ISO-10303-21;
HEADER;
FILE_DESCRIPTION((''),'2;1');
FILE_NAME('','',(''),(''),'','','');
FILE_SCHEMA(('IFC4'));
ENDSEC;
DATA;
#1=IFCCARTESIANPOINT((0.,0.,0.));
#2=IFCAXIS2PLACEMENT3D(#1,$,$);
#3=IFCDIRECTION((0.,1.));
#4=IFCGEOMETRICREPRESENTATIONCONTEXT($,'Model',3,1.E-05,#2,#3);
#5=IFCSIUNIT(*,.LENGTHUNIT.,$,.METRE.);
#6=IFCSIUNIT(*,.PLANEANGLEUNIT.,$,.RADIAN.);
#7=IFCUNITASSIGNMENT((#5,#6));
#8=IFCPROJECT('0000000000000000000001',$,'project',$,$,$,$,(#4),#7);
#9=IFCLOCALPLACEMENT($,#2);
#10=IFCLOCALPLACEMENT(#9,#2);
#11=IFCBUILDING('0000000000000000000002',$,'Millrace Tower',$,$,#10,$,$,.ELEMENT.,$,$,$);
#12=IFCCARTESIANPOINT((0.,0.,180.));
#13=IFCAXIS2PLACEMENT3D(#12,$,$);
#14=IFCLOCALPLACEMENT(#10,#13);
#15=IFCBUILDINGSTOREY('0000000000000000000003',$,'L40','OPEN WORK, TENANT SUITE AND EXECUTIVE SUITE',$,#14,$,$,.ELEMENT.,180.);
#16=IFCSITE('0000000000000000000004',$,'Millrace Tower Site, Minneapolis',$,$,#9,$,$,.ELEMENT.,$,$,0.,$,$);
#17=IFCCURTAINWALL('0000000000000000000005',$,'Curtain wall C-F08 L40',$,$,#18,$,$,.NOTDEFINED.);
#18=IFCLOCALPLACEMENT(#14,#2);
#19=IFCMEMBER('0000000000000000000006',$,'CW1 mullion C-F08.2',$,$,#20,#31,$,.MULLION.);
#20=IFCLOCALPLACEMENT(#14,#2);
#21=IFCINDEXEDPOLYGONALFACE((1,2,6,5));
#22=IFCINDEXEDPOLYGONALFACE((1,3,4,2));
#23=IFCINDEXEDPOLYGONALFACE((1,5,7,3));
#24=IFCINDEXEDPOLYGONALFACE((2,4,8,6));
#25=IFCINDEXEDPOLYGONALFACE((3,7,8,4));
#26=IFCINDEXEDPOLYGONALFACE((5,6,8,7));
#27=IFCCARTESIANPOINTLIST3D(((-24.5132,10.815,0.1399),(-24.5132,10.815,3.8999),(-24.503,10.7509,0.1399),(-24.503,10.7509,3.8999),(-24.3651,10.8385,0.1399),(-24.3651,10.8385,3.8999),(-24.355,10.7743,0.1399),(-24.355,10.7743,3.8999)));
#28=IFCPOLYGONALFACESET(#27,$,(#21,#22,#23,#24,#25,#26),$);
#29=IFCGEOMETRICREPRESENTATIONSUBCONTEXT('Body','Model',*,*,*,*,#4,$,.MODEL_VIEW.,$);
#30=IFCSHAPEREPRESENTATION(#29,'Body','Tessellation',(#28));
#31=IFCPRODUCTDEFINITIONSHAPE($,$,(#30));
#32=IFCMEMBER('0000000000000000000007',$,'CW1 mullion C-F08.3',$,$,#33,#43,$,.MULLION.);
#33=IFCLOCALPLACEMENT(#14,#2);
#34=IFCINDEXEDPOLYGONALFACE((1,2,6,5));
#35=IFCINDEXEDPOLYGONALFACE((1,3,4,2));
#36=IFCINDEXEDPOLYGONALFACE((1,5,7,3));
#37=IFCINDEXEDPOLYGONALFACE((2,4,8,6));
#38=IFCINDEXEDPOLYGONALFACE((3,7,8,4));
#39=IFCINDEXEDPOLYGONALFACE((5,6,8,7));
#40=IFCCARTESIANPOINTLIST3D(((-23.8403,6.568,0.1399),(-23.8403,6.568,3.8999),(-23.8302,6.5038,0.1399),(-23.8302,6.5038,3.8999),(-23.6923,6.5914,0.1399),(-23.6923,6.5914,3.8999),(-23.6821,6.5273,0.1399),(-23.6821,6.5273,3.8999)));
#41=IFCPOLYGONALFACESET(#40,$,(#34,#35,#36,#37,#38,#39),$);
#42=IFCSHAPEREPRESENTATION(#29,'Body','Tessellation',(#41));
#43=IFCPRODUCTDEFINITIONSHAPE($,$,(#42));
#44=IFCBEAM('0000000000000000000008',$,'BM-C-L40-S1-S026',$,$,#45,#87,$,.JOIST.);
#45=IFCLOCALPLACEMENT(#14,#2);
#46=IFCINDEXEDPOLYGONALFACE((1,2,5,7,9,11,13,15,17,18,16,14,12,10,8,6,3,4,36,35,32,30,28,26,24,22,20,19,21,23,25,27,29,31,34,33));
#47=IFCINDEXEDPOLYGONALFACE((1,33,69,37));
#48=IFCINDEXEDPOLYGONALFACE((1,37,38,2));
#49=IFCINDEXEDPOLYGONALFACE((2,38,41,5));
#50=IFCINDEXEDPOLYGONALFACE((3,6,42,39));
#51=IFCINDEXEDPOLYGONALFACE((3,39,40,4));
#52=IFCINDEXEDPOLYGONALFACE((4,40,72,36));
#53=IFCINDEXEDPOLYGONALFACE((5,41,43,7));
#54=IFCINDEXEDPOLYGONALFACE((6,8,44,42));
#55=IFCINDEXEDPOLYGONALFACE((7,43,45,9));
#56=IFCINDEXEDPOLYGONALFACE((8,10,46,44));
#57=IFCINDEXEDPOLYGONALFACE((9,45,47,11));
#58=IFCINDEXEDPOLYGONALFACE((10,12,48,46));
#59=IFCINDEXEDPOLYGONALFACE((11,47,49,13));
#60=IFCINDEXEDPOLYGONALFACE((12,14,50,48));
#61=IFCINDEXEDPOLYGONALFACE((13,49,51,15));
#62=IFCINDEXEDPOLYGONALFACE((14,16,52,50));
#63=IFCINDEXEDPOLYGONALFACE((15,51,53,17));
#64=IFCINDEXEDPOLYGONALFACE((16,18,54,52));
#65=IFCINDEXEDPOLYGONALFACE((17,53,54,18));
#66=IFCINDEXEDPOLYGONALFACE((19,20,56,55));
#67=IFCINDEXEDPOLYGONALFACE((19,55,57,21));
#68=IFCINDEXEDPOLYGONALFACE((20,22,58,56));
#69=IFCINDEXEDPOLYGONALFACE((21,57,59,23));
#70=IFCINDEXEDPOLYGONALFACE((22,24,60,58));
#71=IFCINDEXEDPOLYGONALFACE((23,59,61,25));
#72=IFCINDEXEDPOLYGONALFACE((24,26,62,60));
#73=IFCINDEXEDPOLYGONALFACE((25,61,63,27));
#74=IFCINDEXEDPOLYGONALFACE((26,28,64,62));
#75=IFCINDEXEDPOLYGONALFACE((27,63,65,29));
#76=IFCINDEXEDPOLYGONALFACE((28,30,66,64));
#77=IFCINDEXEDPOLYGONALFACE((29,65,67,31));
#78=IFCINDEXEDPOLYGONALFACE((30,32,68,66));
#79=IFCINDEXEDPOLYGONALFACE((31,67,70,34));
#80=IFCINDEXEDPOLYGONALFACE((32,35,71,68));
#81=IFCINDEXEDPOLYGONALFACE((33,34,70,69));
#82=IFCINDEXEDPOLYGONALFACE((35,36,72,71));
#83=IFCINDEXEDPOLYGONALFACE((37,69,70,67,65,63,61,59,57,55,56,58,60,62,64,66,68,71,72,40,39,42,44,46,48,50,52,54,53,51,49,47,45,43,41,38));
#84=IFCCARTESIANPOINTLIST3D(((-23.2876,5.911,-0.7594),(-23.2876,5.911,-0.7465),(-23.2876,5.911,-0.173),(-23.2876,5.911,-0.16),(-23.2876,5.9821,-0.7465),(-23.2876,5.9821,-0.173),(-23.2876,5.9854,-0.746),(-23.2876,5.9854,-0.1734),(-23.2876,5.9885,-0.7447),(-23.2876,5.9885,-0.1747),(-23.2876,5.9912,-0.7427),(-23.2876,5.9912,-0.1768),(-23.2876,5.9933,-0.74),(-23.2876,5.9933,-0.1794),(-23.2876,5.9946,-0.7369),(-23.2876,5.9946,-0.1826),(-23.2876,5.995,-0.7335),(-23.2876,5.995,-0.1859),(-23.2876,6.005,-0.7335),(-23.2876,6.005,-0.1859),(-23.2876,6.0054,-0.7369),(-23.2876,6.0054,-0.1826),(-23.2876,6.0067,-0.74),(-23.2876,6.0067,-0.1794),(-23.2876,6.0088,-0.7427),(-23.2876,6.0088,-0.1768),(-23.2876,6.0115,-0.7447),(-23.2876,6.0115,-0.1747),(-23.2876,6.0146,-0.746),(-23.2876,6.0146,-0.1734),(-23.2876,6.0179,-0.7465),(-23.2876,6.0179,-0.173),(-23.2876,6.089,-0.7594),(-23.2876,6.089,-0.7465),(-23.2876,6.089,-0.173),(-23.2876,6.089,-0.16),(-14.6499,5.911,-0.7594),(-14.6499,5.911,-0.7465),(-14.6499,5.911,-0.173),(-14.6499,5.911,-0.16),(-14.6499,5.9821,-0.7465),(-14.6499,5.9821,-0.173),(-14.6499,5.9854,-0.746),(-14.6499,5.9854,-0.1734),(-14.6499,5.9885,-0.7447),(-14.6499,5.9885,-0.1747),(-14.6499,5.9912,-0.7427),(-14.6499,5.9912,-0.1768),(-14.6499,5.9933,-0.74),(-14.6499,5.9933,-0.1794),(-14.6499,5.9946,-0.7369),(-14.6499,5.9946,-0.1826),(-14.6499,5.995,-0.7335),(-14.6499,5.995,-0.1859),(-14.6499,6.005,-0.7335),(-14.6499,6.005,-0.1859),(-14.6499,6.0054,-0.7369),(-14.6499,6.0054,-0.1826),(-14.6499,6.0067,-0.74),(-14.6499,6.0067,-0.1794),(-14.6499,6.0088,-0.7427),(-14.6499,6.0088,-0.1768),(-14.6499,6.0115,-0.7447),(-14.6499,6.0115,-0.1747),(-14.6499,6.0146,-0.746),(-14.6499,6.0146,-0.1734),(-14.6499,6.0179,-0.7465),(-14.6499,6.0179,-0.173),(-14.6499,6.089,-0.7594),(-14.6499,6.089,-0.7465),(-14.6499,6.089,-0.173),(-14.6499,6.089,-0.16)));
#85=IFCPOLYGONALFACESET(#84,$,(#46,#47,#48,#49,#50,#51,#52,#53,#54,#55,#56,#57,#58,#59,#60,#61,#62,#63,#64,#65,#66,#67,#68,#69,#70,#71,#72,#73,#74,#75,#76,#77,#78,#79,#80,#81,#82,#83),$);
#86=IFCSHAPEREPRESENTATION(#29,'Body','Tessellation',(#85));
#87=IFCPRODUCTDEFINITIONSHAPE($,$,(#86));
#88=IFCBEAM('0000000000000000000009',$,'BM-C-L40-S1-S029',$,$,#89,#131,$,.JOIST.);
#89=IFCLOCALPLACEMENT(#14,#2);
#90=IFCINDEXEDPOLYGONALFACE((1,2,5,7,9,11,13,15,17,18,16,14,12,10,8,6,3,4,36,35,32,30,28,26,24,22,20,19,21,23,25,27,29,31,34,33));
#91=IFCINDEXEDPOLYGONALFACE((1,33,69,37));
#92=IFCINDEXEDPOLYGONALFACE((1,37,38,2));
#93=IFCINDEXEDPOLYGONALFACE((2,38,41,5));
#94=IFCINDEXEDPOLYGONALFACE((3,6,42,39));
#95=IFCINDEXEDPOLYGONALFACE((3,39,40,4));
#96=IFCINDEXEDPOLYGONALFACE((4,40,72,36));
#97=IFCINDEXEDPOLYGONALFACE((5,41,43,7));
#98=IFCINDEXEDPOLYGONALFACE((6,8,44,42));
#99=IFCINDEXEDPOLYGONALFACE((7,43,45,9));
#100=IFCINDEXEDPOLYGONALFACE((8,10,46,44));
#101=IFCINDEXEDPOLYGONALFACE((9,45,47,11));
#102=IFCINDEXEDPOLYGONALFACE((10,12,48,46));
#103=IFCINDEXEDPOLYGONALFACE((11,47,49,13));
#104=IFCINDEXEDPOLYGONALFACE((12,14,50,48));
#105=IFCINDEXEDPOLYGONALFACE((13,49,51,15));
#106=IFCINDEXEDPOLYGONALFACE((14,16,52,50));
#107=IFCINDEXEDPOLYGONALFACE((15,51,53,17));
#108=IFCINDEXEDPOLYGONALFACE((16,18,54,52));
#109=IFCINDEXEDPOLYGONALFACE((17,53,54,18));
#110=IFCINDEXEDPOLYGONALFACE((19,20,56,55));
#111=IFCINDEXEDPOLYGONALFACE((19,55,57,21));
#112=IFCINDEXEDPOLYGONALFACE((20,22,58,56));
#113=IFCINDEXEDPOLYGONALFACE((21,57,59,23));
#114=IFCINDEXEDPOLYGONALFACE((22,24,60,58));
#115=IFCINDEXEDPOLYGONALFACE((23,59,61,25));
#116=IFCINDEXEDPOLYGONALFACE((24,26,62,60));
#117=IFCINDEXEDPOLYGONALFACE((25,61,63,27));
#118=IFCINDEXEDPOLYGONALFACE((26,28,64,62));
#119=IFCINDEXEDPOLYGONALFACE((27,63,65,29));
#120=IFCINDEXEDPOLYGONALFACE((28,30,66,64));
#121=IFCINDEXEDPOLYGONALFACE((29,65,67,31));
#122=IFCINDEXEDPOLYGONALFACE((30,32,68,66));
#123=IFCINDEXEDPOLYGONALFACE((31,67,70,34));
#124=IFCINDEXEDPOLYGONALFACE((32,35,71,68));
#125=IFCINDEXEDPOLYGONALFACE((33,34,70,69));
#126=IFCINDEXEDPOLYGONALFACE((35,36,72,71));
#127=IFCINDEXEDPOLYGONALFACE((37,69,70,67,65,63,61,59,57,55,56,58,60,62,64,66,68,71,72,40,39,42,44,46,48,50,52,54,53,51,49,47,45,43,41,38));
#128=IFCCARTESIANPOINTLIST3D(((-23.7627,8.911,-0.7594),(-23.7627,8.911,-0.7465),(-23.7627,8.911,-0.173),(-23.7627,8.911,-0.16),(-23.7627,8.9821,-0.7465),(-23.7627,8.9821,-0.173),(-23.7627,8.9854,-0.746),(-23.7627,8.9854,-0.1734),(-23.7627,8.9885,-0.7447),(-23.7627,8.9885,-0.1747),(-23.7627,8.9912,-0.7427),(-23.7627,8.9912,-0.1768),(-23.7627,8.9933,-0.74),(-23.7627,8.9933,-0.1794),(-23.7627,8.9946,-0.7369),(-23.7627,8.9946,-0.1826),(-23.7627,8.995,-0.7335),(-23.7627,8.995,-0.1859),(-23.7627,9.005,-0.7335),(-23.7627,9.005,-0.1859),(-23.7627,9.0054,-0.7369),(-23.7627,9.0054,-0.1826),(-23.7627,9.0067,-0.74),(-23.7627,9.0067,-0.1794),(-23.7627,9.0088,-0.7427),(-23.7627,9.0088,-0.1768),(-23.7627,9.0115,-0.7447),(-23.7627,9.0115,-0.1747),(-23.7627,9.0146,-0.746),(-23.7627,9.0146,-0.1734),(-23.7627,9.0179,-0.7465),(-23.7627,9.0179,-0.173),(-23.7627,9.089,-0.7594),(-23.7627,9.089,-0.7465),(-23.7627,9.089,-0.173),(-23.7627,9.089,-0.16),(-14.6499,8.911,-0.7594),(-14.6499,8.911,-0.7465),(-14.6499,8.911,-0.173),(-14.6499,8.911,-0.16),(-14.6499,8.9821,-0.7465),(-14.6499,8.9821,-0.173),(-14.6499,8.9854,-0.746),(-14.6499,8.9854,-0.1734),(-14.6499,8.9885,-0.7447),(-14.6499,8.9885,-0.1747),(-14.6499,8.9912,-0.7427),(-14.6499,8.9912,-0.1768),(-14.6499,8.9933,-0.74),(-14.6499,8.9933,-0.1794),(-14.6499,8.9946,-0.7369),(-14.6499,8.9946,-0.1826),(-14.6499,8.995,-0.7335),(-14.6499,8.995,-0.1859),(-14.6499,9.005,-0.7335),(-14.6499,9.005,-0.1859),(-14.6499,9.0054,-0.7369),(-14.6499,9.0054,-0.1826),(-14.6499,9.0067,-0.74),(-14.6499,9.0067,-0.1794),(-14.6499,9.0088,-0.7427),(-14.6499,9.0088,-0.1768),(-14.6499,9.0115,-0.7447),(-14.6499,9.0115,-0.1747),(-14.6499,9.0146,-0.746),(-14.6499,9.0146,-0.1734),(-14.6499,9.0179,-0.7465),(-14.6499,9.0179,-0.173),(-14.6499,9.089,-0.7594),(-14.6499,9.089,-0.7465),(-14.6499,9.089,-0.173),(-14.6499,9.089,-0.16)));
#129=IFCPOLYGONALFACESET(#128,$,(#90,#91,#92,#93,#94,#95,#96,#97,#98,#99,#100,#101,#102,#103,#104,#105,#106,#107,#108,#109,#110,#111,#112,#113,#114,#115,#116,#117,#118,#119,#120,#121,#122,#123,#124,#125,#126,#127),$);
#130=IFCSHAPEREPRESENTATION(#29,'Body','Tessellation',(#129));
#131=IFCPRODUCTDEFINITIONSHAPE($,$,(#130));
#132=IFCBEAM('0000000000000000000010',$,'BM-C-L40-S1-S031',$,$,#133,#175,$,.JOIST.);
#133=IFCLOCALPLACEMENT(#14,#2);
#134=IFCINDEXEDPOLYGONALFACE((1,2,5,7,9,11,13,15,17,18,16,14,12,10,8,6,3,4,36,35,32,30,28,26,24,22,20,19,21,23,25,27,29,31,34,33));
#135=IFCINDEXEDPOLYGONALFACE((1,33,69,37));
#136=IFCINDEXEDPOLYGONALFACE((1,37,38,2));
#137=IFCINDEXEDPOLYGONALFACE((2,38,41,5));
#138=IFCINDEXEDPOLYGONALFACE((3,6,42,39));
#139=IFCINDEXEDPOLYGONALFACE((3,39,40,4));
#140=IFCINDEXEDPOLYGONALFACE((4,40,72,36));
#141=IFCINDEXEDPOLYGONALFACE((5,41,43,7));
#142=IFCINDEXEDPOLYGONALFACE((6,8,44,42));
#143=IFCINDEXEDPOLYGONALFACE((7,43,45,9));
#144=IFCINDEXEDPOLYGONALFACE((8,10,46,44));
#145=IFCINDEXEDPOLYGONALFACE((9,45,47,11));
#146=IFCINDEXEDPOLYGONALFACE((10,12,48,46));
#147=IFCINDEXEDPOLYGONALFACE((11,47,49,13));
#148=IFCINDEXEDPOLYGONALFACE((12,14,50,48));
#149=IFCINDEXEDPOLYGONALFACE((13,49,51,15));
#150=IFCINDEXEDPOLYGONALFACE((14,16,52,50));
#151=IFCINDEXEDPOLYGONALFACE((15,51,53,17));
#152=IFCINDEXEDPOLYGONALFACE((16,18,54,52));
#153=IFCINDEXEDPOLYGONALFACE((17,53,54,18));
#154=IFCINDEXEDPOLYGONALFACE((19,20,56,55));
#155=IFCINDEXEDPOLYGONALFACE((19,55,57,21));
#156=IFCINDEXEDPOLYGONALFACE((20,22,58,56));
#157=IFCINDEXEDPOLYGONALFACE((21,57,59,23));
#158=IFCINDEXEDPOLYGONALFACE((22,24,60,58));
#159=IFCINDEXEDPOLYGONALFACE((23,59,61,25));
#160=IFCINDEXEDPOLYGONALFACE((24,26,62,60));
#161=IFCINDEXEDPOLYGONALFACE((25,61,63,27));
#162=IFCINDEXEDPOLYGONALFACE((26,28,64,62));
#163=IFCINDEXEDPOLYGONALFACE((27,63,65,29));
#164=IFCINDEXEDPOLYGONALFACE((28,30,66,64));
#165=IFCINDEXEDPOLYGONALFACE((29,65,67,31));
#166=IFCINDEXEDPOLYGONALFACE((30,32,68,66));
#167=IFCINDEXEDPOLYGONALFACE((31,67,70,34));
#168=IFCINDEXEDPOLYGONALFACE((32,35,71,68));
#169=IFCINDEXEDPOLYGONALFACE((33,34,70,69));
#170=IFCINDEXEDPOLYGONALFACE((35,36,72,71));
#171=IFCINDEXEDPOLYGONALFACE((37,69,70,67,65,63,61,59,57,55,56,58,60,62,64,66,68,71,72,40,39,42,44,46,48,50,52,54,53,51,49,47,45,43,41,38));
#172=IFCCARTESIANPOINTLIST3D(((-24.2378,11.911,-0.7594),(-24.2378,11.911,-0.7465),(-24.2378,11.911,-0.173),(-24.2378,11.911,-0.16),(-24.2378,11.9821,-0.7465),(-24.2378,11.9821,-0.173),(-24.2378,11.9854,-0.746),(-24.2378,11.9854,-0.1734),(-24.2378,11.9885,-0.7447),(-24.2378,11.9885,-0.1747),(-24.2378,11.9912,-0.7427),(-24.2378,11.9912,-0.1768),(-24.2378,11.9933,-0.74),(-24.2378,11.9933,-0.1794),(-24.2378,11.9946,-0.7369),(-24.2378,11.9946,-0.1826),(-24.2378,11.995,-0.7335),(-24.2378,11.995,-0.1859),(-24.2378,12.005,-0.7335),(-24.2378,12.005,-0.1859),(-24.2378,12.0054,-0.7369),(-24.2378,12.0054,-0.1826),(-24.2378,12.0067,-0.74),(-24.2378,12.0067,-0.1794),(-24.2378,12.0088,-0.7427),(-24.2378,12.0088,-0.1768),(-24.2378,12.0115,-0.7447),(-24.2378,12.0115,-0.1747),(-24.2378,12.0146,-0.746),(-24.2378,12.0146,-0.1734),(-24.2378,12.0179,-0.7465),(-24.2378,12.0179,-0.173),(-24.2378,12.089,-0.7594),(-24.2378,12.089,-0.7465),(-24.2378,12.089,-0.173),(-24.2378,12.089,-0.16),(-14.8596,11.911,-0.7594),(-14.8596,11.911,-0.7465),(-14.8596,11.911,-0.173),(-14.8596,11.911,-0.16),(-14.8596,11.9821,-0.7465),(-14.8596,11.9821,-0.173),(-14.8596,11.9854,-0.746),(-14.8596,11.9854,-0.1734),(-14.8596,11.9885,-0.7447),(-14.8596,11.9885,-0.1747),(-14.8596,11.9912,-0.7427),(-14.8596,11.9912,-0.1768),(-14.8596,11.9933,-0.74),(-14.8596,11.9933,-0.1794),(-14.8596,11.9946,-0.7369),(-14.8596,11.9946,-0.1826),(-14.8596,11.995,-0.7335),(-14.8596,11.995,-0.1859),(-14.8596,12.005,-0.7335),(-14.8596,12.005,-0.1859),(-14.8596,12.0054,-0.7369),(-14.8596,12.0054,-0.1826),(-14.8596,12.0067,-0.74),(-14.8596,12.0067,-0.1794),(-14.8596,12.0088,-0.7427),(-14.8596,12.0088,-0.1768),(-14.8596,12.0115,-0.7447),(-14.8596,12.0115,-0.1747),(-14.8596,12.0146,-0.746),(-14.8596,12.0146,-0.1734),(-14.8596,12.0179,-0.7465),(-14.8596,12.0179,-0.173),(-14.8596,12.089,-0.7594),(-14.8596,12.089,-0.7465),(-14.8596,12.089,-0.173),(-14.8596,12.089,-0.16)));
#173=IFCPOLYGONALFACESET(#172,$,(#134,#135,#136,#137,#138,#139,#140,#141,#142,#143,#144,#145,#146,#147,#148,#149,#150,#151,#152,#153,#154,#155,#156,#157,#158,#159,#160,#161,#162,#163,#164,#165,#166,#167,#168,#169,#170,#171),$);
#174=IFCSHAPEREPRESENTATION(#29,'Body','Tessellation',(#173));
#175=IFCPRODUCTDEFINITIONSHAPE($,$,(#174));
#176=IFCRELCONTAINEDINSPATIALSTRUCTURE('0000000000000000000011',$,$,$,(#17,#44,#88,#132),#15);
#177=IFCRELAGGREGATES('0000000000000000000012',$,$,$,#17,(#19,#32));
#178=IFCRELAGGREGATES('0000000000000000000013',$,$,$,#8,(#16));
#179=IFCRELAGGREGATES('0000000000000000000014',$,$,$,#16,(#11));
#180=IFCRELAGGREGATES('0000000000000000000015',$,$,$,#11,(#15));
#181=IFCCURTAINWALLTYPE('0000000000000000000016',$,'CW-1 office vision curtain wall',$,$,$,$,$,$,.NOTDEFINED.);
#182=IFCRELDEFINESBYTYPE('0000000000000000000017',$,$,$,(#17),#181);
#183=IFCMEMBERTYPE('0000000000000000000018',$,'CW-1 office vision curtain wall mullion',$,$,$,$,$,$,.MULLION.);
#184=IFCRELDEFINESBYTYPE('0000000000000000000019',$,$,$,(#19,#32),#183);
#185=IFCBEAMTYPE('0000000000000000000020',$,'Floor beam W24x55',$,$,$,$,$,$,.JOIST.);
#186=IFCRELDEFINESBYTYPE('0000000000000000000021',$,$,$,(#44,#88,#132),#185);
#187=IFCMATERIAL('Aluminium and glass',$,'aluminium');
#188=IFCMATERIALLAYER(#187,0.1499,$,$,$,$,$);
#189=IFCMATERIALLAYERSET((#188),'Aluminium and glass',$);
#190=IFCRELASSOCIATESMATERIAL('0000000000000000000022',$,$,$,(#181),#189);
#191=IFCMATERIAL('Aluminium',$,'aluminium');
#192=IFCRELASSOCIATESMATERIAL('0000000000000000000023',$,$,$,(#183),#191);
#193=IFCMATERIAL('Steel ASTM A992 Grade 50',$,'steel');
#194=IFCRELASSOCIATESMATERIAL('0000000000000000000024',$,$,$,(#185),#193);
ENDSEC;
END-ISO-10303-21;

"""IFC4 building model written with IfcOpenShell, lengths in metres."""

from ifc_helpers import new_model, si_unit, direction, frame, origin, origin_2d, place, context, subcontext, project, spatial, rectangle, i_section, extrude, material, layer, layer_set, material_profile, profile_set, type_object, element, aggregate, save


model = new_model("IFC4")

# Units and contexts
model_context = context("Model", 3, precision=1e-05, world=origin(), true_north=direction((0.0, 1.0)))
body_context = subcontext(model_context, "Body", "Model", "MODEL_VIEW")
ifc_project = project(units=[si_unit("LENGTHUNIT", "METRE"), si_unit("PLANEANGLEUNIT", "RADIAN")], contexts=[model_context])

# Site, building, storey
site_placement = place(None, origin())
site = spatial("IfcSite", under=ifc_project, at=site_placement, Name="Millrace Tower Site, Minneapolis", CompositionType="ELEMENT", RefElevation=0.0)
building_placement = place(site_placement, origin())
building = spatial("IfcBuilding", under=site, at=building_placement, Name="Millrace Tower", CompositionType="ELEMENT")
storey_placement = place(building_placement, frame((0.0, 0.0, 180.0)))
storey = spatial("IfcBuildingStorey", under=building, at=storey_placement, Name="L40", Description="OPEN WORK, TENANT SUITE AND EXECUTIVE SUITE", CompositionType="ELEMENT", Elevation=180.0)

# Curtain wall, members
ifc_material_1 = material(Name="Aluminium and glass", Category="aluminium")
ifc_layer_1 = layer(ifc_material_1, 0.1499)
ifc_layer_set_1 = layer_set([ifc_layer_1], Name="Aluminium and glass")
curtain_wall_type = type_object("IfcCurtainWallType", Name="CW-1 office vision curtain wall", PredefinedType="NOTDEFINED", material=ifc_layer_set_1)
placement = place(storey_placement, origin())
curtain_wall = element("IfcCurtainWall", 1, at=placement, inside=storey, type_object=curtain_wall_type, Name="Curtain wall C-F08 L40", PredefinedType="NOTDEFINED")
ifc_material_2 = material(Name="Aluminium", Category="aluminium")
ifc_material_profile_1 = material_profile(ifc_material_2, rectangle(XDim=0.0649, YDim=0.1499, at=origin_2d()))
ifc_profile_set_1 = profile_set([ifc_material_profile_1], Name="Aluminium")
member_type = type_object("IfcMemberType", Name="CW-1 office vision curtain wall mullion", PredefinedType="MULLION", material=ifc_profile_set_1)
member_1_placement = place(storey_placement, frame((-24.4341, 10.7947, 0.1399), z_axis=(0.0, 0.0, 1.0), x_axis=(0.156434, -0.987688, 0.0)))
member_1 = element("IfcMember", 2, at=member_1_placement, type_object=member_type, Name="CW1 mullion C-F08.2", PredefinedType="MULLION", context=body_context, shape_type="SweptSolid", body=[
    extrude(rectangle(XDim=0.0649, YDim=0.1499, at=origin_2d()), origin(), (0.0, 0.0, 1.0), 3.76),
])
member_2_placement = place(storey_placement, frame((-23.7612, 6.5476, 0.1399), z_axis=(0.0, 0.0, 1.0), x_axis=(0.156434, -0.987688, 0.0)))
member_2 = element("IfcMember", 3, at=member_2_placement, type_object=member_type, Name="CW1 mullion C-F08.3", PredefinedType="MULLION", context=body_context, shape_type="SweptSolid", body=[
    extrude(rectangle(XDim=0.0649, YDim=0.1499, at=origin_2d()), origin(), (0.0, 0.0, 1.0), 3.76),
])
aggregate(curtain_wall, [member_1, member_2])

# Beams
ifc_material_3 = material(Name="Steel ASTM A992 Grade 50", Category="steel")
ifc_material_profile_2 = material_profile(ifc_material_3, i_section(OverallWidth=0.178, OverallDepth=0.5994, WebThickness=0.01, FlangeThickness=0.0129, FilletRadius=0.0129, at=origin_2d()))
ifc_profile_set_2 = profile_set([ifc_material_profile_2], Name="Steel ASTM A992 Grade 50")
beam_type_1 = type_object("IfcBeamType", Name="Floor beam W24x55", PredefinedType="JOIST", material=ifc_profile_set_2)
beam_1_placement = place(storey_placement, frame((-23.2876, 6.0, -0.4597), z_axis=(1.0, 0.0, 0.0), x_axis=(0.0, 1.0, 0.0)))
element("IfcBeam", 4, at=beam_1_placement, inside=storey, type_object=beam_type_1, Name="BM-C-L40-S1-S026", PredefinedType="JOIST", context=body_context, shape_type="SweptSolid", body=[
    extrude(i_section(OverallWidth=0.178, OverallDepth=0.5994, WebThickness=0.01, FlangeThickness=0.0129, FilletRadius=0.0129, at=origin_2d()), origin(), (0.0, 0.0, 1.0), 8.6377),
])
beam_2_placement = place(storey_placement, frame((-23.7627, 9.0, -0.4597), z_axis=(1.0, 0.0, 0.0), x_axis=(0.0, 1.0, 0.0)))
element("IfcBeam", 5, at=beam_2_placement, inside=storey, type_object=beam_type_1, Name="BM-C-L40-S1-S029", PredefinedType="JOIST", context=body_context, shape_type="SweptSolid", body=[
    extrude(i_section(OverallWidth=0.178, OverallDepth=0.5994, WebThickness=0.01, FlangeThickness=0.0129, FilletRadius=0.0129, at=origin_2d()), origin(), (0.0, 0.0, 1.0), 9.1128),
])
beam_3_placement = place(storey_placement, frame((-24.2378, 12.0, -0.4597), z_axis=(1.0, 0.0, 0.0), x_axis=(0.0, 1.0, 0.0)))
element("IfcBeam", 6, at=beam_3_placement, inside=storey, type_object=beam_type_1, Name="BM-C-L40-S1-S031", PredefinedType="JOIST", context=body_context, shape_type="SweptSolid", body=[
    extrude(i_section(OverallWidth=0.178, OverallDepth=0.5994, WebThickness=0.01, FlangeThickness=0.0129, FilletRadius=0.0129, at=origin_2d()), origin(), (0.0, 0.0, 1.0), 9.3782),
])

save(model, "model.ifc")
